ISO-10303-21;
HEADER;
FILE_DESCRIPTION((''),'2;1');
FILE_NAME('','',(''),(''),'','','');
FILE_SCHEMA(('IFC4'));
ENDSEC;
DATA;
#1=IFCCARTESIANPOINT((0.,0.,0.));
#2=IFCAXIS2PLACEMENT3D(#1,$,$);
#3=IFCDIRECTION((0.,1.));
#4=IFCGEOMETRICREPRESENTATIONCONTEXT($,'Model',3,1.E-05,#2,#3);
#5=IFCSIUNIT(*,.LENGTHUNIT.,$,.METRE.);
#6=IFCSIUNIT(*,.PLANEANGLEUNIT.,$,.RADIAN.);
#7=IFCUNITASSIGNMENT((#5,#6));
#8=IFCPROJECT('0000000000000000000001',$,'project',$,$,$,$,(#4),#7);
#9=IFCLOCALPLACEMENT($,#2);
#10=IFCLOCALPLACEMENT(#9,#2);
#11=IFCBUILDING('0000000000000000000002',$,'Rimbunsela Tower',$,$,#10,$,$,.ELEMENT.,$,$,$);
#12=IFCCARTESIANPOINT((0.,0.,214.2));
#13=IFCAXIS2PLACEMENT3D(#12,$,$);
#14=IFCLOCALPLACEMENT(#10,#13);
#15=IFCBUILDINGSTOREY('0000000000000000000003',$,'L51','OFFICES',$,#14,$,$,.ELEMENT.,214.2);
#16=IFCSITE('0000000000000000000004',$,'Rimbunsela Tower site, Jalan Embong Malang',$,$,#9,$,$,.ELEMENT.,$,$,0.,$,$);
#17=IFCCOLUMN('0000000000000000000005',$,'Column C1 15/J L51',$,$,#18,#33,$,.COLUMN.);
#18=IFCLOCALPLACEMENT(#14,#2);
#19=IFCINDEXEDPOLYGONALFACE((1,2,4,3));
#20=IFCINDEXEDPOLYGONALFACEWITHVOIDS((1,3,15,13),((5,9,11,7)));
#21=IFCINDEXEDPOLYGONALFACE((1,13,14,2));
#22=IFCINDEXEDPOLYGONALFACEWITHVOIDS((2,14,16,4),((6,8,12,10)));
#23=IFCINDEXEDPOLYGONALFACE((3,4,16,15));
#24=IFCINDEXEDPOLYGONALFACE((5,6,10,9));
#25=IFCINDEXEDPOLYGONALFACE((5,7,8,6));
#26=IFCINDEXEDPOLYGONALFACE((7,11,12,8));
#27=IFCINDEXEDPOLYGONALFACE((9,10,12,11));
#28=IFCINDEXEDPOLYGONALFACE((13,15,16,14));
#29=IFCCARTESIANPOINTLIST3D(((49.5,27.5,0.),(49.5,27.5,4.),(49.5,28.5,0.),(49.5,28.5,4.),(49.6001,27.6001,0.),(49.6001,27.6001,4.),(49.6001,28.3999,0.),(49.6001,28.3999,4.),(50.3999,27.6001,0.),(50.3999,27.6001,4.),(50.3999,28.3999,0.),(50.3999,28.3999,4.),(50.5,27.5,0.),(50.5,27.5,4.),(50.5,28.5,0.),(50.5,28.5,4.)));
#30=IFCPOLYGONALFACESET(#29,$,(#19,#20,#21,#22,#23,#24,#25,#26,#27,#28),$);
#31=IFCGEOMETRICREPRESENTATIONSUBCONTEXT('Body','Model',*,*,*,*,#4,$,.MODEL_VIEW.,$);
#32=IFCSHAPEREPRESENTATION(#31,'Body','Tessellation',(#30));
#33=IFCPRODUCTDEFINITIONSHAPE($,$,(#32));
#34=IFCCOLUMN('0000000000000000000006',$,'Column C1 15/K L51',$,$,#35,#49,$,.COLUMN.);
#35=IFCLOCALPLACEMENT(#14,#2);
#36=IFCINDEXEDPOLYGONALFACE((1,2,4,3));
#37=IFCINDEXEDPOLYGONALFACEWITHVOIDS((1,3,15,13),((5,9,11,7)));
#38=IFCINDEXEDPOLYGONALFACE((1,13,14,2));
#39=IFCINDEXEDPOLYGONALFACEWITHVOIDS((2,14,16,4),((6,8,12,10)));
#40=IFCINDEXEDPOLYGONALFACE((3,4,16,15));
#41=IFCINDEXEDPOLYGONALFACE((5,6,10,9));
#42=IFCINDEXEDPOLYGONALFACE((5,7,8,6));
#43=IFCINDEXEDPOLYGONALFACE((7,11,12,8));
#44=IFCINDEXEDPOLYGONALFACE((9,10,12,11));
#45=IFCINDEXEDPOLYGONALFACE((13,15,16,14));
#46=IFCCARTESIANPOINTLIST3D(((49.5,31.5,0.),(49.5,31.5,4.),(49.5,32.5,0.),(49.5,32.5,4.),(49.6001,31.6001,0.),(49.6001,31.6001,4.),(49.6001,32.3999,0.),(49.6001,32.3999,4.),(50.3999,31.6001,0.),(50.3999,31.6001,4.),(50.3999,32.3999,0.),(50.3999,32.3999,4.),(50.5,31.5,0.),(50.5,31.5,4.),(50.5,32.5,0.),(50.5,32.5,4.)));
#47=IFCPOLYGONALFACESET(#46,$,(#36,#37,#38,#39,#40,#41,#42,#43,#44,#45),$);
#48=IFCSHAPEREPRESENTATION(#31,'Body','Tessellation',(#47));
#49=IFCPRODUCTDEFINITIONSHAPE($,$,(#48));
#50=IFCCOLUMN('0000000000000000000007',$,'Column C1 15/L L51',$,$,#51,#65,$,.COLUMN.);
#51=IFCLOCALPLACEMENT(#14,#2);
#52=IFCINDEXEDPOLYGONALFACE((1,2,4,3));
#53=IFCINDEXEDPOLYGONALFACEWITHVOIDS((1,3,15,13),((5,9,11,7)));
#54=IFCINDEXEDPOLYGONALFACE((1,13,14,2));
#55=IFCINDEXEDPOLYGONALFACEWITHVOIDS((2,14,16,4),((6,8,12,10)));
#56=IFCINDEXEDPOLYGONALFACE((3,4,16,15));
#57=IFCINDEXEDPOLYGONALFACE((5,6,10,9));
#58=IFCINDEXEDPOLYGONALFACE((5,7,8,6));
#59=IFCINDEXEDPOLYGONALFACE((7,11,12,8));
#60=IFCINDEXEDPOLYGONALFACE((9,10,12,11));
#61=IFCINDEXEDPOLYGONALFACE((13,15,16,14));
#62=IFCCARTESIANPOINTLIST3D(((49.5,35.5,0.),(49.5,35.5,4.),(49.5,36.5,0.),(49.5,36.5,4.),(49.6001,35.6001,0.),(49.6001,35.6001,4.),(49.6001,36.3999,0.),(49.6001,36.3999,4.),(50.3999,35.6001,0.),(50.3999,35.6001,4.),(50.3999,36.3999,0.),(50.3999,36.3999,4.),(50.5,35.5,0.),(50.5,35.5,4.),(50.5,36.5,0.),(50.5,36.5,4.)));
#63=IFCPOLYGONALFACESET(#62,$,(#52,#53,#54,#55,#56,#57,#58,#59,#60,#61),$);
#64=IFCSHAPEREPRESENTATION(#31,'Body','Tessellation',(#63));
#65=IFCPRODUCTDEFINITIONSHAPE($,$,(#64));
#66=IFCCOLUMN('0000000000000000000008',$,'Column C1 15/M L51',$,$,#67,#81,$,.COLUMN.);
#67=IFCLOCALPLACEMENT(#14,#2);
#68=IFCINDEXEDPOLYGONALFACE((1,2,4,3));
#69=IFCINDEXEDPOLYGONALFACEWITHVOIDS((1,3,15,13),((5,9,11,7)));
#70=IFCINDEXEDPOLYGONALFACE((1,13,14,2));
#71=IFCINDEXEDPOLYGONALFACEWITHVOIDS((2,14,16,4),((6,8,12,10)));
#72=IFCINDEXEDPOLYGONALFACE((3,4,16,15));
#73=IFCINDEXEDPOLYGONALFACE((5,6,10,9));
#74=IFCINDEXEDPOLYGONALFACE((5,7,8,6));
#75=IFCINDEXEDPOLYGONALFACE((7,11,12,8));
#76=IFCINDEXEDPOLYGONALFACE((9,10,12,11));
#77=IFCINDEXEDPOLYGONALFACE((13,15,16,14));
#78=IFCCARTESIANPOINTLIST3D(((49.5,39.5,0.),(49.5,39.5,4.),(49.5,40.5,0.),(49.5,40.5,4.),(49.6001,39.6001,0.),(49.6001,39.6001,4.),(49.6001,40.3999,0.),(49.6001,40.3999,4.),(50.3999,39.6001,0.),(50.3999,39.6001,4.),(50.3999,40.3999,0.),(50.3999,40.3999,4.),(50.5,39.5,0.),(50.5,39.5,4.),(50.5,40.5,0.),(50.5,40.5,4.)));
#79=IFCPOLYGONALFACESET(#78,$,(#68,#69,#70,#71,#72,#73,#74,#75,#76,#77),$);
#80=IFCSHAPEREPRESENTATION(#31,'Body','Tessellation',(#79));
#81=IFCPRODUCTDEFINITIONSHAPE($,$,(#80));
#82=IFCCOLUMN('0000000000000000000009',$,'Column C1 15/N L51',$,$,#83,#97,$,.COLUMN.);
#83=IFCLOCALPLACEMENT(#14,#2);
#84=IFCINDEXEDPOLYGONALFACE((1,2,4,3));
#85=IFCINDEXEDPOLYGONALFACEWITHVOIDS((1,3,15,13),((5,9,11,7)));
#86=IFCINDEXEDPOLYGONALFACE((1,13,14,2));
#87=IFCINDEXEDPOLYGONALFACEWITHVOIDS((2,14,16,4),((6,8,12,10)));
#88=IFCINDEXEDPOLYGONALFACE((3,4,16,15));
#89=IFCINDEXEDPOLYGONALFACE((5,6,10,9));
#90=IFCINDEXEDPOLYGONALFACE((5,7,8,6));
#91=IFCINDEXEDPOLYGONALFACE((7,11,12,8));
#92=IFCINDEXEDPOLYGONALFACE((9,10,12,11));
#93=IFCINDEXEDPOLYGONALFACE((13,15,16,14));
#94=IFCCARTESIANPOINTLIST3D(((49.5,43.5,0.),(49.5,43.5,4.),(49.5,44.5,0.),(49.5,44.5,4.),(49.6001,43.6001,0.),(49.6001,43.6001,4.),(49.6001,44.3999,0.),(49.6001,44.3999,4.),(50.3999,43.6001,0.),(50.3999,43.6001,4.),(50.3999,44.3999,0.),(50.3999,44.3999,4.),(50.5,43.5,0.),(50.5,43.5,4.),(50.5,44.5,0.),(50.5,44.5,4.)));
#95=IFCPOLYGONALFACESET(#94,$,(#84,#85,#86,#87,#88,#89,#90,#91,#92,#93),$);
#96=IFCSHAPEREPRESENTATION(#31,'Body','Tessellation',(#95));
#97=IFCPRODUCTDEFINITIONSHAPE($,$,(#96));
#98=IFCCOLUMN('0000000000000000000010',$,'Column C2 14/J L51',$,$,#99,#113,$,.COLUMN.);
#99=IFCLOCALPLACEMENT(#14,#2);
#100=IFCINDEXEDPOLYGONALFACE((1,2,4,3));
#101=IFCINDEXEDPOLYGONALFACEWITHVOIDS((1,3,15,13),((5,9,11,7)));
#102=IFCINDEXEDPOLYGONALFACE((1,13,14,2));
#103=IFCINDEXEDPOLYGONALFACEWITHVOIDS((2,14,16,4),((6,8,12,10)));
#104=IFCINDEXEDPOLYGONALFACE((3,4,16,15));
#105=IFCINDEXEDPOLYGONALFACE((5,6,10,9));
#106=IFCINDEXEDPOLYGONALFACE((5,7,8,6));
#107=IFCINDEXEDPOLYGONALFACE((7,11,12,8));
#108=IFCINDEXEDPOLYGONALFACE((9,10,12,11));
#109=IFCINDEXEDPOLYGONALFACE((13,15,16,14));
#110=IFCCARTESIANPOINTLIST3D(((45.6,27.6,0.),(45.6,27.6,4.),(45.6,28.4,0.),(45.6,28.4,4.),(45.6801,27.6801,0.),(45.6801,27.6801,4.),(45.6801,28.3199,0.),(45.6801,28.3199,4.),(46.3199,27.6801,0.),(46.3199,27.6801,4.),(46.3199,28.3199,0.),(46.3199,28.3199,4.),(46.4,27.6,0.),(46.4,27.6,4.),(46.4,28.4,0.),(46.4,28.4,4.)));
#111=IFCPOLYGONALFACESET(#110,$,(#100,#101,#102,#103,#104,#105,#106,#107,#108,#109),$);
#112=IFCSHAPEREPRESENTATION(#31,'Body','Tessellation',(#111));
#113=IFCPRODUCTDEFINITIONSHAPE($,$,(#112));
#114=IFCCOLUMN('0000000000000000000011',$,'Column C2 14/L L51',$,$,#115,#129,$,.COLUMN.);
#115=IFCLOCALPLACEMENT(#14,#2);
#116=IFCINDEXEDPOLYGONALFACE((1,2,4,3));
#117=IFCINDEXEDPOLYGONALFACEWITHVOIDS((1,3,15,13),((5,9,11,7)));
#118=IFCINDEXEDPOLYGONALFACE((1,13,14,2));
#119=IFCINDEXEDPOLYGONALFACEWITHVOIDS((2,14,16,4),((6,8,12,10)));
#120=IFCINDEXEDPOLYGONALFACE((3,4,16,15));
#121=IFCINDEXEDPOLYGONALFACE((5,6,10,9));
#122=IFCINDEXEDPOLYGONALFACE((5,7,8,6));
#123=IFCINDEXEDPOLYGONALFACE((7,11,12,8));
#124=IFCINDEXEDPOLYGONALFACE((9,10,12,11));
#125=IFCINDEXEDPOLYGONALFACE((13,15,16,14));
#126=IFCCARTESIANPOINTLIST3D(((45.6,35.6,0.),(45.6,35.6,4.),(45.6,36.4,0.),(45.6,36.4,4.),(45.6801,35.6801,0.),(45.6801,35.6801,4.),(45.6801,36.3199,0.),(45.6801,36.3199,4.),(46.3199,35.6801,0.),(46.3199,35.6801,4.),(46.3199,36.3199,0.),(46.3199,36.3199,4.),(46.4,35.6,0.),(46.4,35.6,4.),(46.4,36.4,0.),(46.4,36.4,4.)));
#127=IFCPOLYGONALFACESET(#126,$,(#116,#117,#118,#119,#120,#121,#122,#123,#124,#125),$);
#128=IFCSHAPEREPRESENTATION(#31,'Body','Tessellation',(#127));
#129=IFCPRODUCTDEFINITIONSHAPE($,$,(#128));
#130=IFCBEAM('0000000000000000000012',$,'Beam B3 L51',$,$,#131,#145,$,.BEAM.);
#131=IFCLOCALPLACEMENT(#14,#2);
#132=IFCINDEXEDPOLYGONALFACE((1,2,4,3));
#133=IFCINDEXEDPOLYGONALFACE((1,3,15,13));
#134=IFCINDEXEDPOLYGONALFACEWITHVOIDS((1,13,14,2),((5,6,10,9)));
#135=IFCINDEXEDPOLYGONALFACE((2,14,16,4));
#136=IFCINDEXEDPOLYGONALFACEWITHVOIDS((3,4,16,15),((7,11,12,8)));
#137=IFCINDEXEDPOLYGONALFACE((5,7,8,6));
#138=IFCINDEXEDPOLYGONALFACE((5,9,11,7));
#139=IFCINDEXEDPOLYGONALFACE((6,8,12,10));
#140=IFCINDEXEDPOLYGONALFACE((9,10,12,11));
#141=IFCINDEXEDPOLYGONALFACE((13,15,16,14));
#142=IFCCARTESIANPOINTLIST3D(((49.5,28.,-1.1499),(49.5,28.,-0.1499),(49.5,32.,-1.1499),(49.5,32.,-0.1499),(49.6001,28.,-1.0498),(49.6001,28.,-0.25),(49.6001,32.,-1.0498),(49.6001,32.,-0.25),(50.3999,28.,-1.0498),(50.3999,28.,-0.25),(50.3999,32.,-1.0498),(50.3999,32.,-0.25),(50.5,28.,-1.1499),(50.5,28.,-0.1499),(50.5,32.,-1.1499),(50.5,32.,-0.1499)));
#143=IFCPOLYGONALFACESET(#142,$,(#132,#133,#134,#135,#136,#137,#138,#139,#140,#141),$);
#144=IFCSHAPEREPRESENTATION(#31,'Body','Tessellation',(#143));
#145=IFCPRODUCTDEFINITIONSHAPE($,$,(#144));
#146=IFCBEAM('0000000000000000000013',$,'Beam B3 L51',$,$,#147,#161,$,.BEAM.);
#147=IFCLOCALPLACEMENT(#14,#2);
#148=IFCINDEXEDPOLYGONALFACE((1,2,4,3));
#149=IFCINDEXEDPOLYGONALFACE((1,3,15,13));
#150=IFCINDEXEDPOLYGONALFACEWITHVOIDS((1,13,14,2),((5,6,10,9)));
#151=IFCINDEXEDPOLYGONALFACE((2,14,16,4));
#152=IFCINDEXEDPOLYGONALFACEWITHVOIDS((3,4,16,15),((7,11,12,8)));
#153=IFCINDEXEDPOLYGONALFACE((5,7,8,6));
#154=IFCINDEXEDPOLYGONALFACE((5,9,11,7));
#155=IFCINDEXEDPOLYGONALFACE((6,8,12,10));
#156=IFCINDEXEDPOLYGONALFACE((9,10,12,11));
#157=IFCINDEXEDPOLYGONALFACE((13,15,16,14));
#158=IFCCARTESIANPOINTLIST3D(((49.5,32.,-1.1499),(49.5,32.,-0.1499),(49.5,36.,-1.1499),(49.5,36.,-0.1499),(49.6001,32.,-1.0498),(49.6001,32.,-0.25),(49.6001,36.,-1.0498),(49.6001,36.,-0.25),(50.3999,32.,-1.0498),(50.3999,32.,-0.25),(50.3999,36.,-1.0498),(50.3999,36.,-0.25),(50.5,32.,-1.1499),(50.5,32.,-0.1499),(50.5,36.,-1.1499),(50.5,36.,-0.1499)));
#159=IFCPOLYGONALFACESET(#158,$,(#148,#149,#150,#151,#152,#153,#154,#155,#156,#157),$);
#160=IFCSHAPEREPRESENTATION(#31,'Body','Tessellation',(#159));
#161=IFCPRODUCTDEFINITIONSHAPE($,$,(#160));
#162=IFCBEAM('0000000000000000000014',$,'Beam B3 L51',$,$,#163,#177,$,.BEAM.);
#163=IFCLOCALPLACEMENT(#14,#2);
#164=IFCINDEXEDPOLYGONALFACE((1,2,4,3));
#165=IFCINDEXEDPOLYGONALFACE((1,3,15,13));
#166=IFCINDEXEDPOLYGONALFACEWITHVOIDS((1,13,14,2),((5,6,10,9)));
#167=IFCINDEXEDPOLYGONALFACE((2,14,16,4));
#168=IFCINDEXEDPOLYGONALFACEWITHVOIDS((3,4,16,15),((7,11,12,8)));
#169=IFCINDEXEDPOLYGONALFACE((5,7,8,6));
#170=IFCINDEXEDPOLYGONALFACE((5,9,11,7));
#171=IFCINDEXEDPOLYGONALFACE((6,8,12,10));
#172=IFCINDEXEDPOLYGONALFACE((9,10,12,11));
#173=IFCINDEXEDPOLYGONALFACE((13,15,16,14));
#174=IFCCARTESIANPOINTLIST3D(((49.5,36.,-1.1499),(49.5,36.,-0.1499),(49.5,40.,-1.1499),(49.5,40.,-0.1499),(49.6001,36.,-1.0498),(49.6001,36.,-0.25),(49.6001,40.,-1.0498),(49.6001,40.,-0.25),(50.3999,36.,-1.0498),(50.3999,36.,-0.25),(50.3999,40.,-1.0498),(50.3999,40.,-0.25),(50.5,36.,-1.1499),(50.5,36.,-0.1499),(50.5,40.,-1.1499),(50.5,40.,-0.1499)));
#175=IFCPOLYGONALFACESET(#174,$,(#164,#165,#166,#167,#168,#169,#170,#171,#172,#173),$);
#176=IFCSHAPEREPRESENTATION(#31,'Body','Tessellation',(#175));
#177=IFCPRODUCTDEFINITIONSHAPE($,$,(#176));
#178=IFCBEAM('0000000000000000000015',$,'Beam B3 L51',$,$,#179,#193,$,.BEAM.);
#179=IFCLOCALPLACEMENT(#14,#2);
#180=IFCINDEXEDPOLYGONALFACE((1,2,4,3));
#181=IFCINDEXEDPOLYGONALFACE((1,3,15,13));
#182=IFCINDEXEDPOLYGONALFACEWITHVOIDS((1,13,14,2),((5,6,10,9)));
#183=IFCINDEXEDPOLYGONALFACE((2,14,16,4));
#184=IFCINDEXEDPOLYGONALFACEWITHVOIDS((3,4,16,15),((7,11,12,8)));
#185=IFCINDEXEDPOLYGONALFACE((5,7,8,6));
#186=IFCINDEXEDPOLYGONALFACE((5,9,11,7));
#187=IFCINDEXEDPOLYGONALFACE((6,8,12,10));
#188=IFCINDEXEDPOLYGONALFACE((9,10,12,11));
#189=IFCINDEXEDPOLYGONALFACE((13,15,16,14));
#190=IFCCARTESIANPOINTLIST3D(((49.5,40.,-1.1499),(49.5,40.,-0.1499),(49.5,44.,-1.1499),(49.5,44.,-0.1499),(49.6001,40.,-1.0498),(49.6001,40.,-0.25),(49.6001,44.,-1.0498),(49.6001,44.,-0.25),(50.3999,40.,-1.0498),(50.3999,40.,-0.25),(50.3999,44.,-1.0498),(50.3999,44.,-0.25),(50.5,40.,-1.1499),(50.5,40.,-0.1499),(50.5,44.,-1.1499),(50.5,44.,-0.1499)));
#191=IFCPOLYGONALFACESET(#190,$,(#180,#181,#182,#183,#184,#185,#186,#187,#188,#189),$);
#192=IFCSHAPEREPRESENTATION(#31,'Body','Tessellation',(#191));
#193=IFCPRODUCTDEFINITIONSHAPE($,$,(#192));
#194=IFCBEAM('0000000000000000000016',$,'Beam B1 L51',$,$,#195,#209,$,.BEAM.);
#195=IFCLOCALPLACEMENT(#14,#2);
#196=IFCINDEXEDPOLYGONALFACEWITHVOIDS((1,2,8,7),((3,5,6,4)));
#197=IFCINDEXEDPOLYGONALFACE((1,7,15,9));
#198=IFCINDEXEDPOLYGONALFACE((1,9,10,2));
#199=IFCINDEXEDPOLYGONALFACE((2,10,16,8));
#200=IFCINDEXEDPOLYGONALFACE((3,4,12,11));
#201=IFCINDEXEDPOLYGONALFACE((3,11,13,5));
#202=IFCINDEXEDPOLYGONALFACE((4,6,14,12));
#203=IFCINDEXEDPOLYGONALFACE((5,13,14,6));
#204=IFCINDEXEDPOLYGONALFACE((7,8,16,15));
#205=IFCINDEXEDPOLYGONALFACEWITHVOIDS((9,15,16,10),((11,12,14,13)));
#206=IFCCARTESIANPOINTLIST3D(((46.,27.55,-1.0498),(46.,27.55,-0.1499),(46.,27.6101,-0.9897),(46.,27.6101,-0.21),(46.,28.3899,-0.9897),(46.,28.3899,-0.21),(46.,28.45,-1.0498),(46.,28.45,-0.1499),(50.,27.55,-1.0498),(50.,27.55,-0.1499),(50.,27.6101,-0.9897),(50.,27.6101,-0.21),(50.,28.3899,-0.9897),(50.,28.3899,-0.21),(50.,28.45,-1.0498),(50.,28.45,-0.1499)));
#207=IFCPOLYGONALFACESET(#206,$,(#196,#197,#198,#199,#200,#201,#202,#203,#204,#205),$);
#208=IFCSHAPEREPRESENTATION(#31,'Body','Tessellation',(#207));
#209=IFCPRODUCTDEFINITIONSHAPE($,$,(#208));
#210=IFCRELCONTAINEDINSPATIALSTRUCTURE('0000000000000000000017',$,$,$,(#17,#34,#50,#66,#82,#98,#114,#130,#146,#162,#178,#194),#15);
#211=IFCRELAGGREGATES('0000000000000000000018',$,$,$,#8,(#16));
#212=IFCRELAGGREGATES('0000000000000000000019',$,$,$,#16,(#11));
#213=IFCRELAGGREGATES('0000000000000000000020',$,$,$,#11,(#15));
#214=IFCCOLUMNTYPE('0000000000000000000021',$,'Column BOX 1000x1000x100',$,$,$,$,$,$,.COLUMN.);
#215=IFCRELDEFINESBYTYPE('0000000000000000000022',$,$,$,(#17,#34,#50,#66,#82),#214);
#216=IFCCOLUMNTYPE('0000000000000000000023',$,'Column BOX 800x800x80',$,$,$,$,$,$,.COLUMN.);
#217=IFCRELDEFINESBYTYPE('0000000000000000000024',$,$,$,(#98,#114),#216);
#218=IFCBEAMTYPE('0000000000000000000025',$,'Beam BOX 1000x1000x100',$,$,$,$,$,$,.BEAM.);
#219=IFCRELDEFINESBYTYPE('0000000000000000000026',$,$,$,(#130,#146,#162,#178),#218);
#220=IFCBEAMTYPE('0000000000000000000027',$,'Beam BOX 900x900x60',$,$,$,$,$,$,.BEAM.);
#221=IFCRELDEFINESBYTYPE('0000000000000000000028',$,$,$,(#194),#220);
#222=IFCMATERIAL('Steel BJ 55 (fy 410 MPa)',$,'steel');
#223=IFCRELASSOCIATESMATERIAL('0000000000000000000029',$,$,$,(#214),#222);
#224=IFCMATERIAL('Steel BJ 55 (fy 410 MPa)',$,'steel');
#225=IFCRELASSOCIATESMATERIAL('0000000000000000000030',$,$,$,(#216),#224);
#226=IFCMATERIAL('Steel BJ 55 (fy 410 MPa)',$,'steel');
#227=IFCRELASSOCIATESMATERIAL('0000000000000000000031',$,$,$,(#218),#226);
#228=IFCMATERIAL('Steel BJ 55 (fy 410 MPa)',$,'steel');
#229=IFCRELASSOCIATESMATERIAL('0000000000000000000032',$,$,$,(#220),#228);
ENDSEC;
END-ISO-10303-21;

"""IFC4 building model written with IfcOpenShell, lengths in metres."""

from ifc_helpers import new_model, si_unit, direction, frame, origin, origin_2d, place, context, subcontext, project, spatial, hollow_rectangle, extrude, material, material_profile, profile_set, type_object, element, save


model = new_model("IFC4")

# Units and contexts
model_context = context("Model", 3, precision=1e-05, world=origin(), true_north=direction((0.0, 1.0)))
body_context = subcontext(model_context, "Body", "Model", "MODEL_VIEW")
ifc_project = project(units=[si_unit("LENGTHUNIT", "METRE"), si_unit("PLANEANGLEUNIT", "RADIAN")], contexts=[model_context])

# Site, building, storey
site_placement = place(None, origin())
site = spatial("IfcSite", under=ifc_project, at=site_placement, Name="Rimbunsela Tower site, Jalan Embong Malang", CompositionType="ELEMENT", RefElevation=0.0)
building_placement = place(site_placement, origin())
building = spatial("IfcBuilding", under=site, at=building_placement, Name="Rimbunsela Tower", CompositionType="ELEMENT")
storey_placement = place(building_placement, frame((0.0, 0.0, 214.2)))
storey = spatial("IfcBuildingStorey", under=building, at=storey_placement, Name="L51", Description="OFFICES", CompositionType="ELEMENT", Elevation=214.2)

# Columns
ifc_material_1 = material(Name="Steel BJ 55 (fy 410 MPa)", Category="steel")
ifc_material_profile_1 = material_profile(ifc_material_1, hollow_rectangle(XDim=1.0, YDim=1.0, WallThickness=0.1001, at=origin_2d()), Name="BOX 1000x1000x100")
ifc_profile_set_1 = profile_set([ifc_material_profile_1], Name="Steel BJ 55 (fy 410 MPa)")
column_type_1 = type_object("IfcColumnType", Name="Column BOX 1000x1000x100", PredefinedType="COLUMN", material=ifc_profile_set_1)
for number, where, z_axis, x_axis, name in (
    (1, (50.0, 28.0, 0.0), (0.0, 0.0, 1.0), (1.0, 0.0, 0.0), "Column C1 15/J L51"),
    (2, (50.0, 32.0, 0.0), (0.0, 0.0, 1.0), (1.0, 0.0, 0.0), "Column C1 15/K L51"),
    (3, (50.0, 36.0, 0.0), (0.0, 0.0, 1.0), (1.0, 0.0, 0.0), "Column C1 15/L L51"),
    (4, (50.0, 40.0, 0.0), (0.0, 0.0, 1.0), (1.0, 0.0, 0.0), "Column C1 15/M L51"),
    (5, (50.0, 44.0, 0.0), (0.0, 0.0, 1.0), (1.0, 0.0, 0.0), "Column C1 15/N L51"),
):
    element("IfcColumn", number, at=place(storey_placement, frame(where, z_axis=z_axis, x_axis=x_axis)), inside=storey, type_object=column_type_1, Name=name, PredefinedType="COLUMN", context=body_context, shape_type="SweptSolid", body=[
        extrude(hollow_rectangle(XDim=1.0, YDim=1.0, WallThickness=0.1001, at=origin_2d()), origin(), (0.0, 0.0, 1.0), 4.0),
    ])
ifc_material_2 = material(Name="Steel BJ 55 (fy 410 MPa)", Category="steel")
ifc_material_profile_2 = material_profile(ifc_material_2, hollow_rectangle(XDim=0.8, YDim=0.8, WallThickness=0.0801, at=origin_2d()), Name="BOX 800x800x80")
ifc_profile_set_2 = profile_set([ifc_material_profile_2], Name="Steel BJ 55 (fy 410 MPa)")
column_type_2 = type_object("IfcColumnType", Name="Column BOX 800x800x80", PredefinedType="COLUMN", material=ifc_profile_set_2)
for number, where, z_axis, x_axis, name in (
    (6, (46.0, 28.0, 0.0), (0.0, 0.0, 1.0), (1.0, 0.0, 0.0), "Column C2 14/J L51"),
    (7, (46.0, 36.0, 0.0), (0.0, 0.0, 1.0), (1.0, 0.0, 0.0), "Column C2 14/L L51"),
):
    element("IfcColumn", number, at=place(storey_placement, frame(where, z_axis=z_axis, x_axis=x_axis)), inside=storey, type_object=column_type_2, Name=name, PredefinedType="COLUMN", context=body_context, shape_type="SweptSolid", body=[
        extrude(hollow_rectangle(XDim=0.8, YDim=0.8, WallThickness=0.0801, at=origin_2d()), origin(), (0.0, 0.0, 1.0), 4.0),
    ])

# Beams
ifc_material_3 = material(Name="Steel BJ 55 (fy 410 MPa)", Category="steel")
ifc_material_profile_3 = material_profile(ifc_material_3, hollow_rectangle(XDim=1.0, YDim=1.0, WallThickness=0.1001, at=origin_2d()), Name="BOX 1000x1000x100")
ifc_profile_set_3 = profile_set([ifc_material_profile_3], Name="Steel BJ 55 (fy 410 MPa)")
beam_type_1 = type_object("IfcBeamType", Name="Beam BOX 1000x1000x100", PredefinedType="BEAM", material=ifc_profile_set_3)
for number, where, z_axis, x_axis, name in (
    (8, (50.0, 28.0, -0.6499), (0.0, 1.0, 0.0), (-1.0, 0.0, 0.0), "Beam B3 L51"),
    (9, (50.0, 32.0, -0.6499), (0.0, 1.0, 0.0), (-1.0, 0.0, 0.0), "Beam B3 L51"),
    (10, (50.0, 36.0, -0.6499), (0.0, 1.0, 0.0), (-1.0, 0.0, 0.0), "Beam B3 L51"),
    (11, (50.0, 40.0, -0.6499), (0.0, 1.0, 0.0), (-1.0, 0.0, 0.0), "Beam B3 L51"),
):
    element("IfcBeam", number, at=place(storey_placement, frame(where, z_axis=z_axis, x_axis=x_axis)), inside=storey, type_object=beam_type_1, Name=name, PredefinedType="BEAM", context=body_context, shape_type="SweptSolid", body=[
        extrude(hollow_rectangle(XDim=1.0, YDim=1.0, WallThickness=0.1001, at=origin_2d()), origin(), (0.0, 0.0, 1.0), 4.0),
    ])
ifc_material_4 = material(Name="Steel BJ 55 (fy 410 MPa)", Category="steel")
ifc_material_profile_4 = material_profile(ifc_material_4, hollow_rectangle(XDim=0.8999, YDim=0.8999, WallThickness=0.0601, at=origin_2d()), Name="BOX 900x900x60")
ifc_profile_set_4 = profile_set([ifc_material_profile_4], Name="Steel BJ 55 (fy 410 MPa)")
beam_type_2 = type_object("IfcBeamType", Name="Beam BOX 900x900x60", PredefinedType="BEAM", material=ifc_profile_set_4)
beam_1_placement = place(storey_placement, frame((46.0, 28.0, -0.5999), z_axis=(1.0, 0.0, 0.0), x_axis=(0.0, 1.0, 0.0)))
element("IfcBeam", 12, at=beam_1_placement, inside=storey, type_object=beam_type_2, Name="Beam B1 L51", PredefinedType="BEAM", context=body_context, shape_type="SweptSolid", body=[
    extrude(hollow_rectangle(XDim=0.8999, YDim=0.8999, WallThickness=0.0601, at=origin_2d()), origin(), (0.0, 0.0, 1.0), 4.0),
])

save(model, "model.ifc")
